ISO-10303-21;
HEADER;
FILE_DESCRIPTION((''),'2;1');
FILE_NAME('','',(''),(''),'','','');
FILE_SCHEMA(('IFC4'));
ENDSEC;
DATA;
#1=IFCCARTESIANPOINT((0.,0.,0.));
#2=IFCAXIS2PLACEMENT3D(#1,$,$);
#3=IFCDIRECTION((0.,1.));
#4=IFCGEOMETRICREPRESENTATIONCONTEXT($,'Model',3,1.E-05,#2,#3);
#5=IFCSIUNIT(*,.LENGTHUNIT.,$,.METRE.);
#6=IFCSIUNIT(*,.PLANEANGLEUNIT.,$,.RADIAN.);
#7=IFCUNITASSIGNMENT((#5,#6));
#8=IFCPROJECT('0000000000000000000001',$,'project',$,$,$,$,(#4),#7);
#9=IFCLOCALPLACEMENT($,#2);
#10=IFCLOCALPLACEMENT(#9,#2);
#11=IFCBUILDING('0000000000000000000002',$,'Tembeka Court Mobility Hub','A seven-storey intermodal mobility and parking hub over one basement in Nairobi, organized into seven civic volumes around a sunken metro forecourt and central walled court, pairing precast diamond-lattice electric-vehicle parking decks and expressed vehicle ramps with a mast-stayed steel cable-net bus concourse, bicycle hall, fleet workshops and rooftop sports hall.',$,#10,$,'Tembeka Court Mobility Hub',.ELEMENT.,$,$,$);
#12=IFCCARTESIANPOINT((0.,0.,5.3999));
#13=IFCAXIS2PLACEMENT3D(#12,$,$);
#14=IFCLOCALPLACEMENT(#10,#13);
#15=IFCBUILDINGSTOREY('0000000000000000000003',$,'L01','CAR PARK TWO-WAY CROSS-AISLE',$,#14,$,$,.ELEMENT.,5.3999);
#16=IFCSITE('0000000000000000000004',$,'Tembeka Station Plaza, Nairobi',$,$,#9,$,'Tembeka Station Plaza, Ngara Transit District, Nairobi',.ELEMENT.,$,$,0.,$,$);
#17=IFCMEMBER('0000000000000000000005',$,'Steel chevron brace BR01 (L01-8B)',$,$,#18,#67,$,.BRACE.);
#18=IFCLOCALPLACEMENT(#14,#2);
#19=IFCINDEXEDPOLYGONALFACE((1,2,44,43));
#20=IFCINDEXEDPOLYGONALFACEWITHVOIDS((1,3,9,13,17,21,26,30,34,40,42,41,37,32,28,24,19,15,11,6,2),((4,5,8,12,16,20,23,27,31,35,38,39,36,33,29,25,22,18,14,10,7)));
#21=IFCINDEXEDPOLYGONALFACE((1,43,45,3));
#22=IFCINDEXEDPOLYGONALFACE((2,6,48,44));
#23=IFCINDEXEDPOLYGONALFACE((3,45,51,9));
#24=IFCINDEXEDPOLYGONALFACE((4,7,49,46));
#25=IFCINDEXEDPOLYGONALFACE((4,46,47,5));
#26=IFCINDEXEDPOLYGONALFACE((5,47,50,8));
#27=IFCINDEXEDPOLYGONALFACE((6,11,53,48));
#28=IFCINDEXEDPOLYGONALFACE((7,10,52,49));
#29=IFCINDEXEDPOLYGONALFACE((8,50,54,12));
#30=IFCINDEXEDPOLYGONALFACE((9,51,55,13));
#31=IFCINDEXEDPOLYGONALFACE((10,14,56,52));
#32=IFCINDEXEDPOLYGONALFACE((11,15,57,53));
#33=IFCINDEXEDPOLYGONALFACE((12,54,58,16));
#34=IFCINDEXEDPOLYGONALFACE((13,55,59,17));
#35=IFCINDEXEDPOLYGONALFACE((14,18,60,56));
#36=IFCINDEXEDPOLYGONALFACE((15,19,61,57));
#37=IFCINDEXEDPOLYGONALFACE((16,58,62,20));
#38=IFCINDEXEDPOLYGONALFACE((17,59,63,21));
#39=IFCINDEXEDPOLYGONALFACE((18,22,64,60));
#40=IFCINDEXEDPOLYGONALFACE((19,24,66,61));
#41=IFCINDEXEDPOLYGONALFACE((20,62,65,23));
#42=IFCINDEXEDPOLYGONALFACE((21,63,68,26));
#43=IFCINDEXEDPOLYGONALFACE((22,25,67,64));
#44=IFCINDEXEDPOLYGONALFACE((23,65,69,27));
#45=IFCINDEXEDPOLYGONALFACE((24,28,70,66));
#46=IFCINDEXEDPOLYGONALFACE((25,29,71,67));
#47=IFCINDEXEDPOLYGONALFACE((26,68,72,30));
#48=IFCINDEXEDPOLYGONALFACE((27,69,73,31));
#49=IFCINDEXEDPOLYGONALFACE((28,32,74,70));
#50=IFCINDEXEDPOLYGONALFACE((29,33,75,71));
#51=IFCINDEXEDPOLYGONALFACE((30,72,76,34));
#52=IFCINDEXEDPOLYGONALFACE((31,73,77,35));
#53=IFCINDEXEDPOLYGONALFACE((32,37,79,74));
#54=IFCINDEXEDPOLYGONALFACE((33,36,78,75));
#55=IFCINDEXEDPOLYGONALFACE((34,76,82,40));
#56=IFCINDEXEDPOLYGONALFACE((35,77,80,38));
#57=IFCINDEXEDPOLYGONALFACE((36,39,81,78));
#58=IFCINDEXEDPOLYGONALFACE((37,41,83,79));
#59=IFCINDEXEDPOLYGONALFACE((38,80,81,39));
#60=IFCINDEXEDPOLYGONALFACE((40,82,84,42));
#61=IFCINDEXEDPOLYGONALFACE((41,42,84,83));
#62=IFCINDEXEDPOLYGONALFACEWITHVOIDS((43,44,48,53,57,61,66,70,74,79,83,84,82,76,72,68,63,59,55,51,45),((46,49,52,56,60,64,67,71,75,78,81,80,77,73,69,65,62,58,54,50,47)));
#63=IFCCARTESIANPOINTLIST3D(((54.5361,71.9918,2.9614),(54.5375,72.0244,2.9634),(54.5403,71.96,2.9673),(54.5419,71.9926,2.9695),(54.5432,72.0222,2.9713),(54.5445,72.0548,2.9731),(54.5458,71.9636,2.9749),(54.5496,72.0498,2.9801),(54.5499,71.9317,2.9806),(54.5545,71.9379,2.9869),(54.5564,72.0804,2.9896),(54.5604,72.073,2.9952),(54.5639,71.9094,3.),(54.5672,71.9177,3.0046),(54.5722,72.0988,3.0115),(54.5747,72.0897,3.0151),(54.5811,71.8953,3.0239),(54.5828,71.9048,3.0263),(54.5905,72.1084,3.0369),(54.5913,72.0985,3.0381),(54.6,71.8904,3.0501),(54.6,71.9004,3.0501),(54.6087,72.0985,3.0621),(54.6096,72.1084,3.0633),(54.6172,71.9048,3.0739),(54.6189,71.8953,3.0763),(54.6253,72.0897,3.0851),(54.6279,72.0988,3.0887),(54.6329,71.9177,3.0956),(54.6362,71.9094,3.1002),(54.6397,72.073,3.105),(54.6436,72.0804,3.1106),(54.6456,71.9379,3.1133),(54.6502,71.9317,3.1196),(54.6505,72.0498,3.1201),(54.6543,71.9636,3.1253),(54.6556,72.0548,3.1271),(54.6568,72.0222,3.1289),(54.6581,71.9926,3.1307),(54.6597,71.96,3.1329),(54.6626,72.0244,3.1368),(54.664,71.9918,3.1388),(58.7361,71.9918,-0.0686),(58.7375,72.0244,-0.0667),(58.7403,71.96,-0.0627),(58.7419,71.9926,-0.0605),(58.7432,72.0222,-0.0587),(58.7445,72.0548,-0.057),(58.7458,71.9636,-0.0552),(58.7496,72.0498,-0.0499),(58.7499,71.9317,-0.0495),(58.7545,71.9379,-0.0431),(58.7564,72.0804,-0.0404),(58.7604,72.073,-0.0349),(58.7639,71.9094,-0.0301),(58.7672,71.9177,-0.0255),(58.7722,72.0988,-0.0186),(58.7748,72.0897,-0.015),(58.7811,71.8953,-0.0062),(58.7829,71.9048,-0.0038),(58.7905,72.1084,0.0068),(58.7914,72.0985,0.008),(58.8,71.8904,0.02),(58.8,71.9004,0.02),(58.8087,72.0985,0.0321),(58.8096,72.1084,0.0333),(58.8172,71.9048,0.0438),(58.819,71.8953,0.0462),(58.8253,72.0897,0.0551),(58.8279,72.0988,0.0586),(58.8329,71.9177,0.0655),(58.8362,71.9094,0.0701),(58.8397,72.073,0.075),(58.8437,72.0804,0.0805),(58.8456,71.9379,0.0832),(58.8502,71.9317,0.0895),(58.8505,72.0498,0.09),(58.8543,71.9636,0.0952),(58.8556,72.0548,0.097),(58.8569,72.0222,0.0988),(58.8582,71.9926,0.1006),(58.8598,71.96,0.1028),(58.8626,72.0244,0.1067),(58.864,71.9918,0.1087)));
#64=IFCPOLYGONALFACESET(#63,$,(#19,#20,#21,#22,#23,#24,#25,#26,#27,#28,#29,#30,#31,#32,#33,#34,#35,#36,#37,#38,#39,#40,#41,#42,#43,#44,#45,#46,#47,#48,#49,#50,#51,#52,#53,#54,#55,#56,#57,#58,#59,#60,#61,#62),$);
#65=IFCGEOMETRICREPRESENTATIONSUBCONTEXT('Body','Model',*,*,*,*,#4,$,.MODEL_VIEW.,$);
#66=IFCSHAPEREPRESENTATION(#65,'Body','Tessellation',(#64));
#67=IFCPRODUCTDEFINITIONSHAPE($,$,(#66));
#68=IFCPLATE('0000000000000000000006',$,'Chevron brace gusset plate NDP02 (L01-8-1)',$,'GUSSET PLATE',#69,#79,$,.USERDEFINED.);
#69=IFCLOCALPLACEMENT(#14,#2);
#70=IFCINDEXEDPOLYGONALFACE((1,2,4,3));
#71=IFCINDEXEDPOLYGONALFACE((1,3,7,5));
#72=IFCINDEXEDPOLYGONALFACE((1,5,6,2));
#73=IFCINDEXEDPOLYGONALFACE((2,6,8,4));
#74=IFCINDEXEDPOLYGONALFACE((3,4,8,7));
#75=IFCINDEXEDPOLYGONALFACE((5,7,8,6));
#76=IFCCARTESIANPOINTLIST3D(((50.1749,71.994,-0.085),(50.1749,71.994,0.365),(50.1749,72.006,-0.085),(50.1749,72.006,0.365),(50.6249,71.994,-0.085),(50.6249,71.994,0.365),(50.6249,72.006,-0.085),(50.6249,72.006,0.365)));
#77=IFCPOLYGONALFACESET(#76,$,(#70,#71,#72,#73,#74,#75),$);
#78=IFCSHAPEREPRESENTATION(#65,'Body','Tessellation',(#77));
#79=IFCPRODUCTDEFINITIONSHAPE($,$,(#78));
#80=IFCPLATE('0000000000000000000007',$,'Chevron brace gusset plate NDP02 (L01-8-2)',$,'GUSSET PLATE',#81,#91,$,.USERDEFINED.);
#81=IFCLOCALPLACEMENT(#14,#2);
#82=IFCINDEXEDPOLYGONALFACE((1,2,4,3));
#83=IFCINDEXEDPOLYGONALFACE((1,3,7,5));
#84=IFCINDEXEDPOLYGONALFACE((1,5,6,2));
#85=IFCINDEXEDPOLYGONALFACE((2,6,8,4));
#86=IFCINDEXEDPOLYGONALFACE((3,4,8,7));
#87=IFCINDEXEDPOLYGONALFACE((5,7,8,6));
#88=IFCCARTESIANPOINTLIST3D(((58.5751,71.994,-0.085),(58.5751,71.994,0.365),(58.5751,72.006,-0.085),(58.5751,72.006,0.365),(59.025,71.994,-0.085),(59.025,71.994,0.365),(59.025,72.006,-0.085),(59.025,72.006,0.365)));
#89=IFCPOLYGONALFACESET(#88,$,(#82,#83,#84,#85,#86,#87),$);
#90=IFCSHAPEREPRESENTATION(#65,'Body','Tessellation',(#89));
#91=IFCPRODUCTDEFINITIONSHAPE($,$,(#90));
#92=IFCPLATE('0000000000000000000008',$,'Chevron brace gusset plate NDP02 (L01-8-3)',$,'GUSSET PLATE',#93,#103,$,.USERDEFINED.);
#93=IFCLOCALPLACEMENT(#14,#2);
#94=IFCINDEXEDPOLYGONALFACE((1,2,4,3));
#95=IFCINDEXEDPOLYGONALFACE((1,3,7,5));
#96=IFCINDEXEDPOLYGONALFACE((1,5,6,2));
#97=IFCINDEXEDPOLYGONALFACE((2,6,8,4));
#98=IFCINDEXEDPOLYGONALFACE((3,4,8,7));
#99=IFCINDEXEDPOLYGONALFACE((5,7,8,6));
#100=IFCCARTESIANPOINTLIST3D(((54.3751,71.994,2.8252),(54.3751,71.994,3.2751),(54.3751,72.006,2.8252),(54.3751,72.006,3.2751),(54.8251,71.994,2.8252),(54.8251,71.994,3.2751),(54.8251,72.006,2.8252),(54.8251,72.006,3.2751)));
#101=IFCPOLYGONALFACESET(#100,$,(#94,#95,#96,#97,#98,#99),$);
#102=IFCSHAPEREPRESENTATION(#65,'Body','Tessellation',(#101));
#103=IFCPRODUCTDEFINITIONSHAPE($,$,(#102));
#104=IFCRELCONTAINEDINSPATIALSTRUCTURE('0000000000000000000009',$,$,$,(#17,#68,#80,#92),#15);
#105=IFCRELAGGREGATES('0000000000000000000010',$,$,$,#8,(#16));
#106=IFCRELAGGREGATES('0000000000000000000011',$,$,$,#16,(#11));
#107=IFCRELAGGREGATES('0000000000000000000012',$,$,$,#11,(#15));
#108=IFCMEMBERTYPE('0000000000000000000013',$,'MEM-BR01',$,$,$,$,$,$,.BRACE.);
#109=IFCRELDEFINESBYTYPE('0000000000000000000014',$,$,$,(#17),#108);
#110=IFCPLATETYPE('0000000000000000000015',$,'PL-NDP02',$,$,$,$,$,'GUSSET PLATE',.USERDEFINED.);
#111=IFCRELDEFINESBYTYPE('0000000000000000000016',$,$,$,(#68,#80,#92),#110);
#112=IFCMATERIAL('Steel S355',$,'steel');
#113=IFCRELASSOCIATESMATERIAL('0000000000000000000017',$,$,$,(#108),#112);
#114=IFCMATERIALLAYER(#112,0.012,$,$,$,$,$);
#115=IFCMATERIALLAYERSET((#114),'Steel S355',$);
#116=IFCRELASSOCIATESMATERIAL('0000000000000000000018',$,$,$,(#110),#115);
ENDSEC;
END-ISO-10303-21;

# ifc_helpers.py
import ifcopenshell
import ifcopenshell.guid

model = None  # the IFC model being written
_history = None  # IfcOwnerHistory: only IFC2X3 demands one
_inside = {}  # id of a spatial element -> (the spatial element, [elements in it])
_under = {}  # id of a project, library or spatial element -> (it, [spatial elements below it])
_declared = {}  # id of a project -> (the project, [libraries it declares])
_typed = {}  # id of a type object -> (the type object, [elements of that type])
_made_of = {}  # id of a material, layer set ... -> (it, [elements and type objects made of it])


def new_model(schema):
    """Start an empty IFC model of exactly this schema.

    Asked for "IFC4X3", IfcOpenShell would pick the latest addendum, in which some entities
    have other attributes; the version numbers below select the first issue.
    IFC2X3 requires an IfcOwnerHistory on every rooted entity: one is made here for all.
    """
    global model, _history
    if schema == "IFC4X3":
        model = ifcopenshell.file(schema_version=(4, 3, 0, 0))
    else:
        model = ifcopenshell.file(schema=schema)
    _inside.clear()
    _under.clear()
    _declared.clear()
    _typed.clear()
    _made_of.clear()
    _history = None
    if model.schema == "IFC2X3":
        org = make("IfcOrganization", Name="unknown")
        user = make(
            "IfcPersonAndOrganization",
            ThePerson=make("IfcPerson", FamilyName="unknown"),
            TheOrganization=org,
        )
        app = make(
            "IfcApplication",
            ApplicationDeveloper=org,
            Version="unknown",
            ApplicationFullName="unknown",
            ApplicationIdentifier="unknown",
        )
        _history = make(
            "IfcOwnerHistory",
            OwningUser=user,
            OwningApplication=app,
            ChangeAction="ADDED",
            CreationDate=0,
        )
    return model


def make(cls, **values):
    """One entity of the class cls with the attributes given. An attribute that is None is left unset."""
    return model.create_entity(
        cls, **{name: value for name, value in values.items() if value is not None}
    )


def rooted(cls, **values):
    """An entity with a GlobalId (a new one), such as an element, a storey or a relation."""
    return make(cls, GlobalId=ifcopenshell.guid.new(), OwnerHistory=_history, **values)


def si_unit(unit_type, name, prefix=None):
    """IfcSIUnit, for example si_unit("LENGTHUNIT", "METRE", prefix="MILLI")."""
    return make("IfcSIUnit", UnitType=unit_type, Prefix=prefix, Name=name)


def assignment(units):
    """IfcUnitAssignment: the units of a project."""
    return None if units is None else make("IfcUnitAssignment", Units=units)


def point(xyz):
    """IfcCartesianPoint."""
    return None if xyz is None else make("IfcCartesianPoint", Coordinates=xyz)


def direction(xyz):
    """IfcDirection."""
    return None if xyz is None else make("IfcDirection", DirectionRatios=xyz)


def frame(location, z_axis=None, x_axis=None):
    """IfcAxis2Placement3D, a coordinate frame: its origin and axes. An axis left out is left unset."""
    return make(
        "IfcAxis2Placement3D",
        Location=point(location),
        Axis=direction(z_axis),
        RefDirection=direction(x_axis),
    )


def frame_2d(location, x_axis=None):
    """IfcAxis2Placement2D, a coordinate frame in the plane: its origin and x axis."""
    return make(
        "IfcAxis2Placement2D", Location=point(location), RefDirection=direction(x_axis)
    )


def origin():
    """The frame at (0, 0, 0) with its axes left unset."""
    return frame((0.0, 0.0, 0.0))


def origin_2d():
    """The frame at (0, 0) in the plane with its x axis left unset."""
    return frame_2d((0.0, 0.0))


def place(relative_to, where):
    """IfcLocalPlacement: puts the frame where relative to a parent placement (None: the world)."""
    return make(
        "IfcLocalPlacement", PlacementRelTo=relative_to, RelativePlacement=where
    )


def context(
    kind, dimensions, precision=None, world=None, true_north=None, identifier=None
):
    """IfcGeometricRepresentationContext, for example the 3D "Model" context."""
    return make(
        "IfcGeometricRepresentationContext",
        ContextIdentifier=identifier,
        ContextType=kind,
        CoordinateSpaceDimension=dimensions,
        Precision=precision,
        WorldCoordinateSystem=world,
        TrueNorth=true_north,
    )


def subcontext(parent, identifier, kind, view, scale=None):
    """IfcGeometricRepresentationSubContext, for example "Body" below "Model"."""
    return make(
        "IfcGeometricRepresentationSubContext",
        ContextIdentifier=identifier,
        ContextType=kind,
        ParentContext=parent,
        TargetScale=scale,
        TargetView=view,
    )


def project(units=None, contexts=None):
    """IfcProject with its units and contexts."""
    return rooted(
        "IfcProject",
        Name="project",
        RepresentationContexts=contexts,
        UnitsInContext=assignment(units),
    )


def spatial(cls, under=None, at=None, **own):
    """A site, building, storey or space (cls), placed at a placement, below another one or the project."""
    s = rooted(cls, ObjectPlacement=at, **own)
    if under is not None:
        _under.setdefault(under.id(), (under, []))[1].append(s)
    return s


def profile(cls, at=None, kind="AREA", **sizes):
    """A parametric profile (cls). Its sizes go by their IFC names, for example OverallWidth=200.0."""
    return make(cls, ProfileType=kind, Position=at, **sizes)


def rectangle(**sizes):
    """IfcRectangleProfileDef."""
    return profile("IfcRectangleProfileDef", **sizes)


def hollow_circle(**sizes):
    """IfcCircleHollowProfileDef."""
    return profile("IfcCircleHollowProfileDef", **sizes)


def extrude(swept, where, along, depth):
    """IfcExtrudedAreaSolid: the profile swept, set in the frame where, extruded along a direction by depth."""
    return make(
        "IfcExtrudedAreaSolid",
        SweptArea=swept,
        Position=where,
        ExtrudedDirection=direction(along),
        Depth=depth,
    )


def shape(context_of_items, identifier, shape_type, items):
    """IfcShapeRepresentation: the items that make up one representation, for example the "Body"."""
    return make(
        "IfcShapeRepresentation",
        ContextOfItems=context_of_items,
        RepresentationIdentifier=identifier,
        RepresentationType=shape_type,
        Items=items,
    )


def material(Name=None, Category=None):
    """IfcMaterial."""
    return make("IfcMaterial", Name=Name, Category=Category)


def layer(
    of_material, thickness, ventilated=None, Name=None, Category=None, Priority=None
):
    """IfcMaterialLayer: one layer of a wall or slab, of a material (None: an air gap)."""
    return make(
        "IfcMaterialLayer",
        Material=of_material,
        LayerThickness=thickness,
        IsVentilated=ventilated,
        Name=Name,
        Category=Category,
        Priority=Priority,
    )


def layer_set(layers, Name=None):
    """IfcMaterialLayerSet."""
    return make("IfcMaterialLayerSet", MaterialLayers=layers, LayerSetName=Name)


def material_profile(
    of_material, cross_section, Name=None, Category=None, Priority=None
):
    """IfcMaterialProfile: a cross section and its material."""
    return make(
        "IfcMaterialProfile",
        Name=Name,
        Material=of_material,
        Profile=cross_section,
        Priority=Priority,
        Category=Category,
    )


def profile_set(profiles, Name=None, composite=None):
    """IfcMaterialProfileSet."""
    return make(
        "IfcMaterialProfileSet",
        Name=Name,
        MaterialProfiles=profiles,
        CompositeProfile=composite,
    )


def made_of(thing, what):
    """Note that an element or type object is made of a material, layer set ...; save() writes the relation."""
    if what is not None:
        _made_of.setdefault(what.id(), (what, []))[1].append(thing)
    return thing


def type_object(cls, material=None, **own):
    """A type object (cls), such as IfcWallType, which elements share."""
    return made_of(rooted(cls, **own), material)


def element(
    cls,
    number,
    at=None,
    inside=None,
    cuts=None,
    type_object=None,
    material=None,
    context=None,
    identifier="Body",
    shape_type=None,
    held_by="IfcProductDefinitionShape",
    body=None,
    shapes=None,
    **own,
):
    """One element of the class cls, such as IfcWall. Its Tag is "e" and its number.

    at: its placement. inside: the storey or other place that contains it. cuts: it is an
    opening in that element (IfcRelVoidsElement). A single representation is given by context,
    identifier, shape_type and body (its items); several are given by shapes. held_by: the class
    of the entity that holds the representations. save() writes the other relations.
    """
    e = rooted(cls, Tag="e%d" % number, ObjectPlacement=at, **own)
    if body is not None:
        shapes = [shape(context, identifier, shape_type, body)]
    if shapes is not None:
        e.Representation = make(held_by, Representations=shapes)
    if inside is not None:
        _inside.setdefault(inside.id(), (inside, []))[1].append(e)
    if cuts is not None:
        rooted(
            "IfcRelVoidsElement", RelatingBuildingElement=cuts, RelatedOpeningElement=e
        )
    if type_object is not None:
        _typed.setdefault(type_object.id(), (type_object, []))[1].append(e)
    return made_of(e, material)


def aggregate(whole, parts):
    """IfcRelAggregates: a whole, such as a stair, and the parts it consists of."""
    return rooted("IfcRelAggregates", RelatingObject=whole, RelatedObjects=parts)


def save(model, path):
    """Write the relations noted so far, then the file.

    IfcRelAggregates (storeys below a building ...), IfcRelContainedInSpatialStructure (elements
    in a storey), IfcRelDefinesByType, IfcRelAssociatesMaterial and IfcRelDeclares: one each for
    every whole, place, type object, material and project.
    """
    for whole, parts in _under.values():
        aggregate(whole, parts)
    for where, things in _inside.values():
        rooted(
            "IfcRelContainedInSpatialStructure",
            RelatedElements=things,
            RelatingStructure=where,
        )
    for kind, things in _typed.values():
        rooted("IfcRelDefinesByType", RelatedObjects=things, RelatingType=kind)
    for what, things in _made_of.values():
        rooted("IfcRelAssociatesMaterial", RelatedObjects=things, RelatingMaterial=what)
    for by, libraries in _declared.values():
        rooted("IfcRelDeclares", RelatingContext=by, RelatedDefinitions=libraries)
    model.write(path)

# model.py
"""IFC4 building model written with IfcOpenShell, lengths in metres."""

from ifc_helpers import new_model, si_unit, direction, frame, origin, origin_2d, place, context, subcontext, project, spatial, rectangle, hollow_circle, extrude, material, layer, layer_set, material_profile, profile_set, type_object, element, save


model = new_model("IFC4")

# Units and contexts
model_context = context("Model", 3, precision=1e-05, world=origin(), true_north=direction((0.0, 1.0)))
body_context = subcontext(model_context, "Body", "Model", "MODEL_VIEW")
ifc_project = project(units=[si_unit("LENGTHUNIT", "METRE"), si_unit("PLANEANGLEUNIT", "RADIAN")], contexts=[model_context])

# Site, building, storey
site_placement = place(None, origin())
site = spatial("IfcSite", under=ifc_project, at=site_placement, Name="Tembeka Station Plaza, Nairobi", LongName="Tembeka Station Plaza, Ngara Transit District, Nairobi", CompositionType="ELEMENT", RefElevation=0.0)
building_placement = place(site_placement, origin())
building = spatial("IfcBuilding", under=site, at=building_placement, Name="Tembeka Court Mobility Hub", Description="A seven-storey intermodal mobility and parking hub over one basement in Nairobi, organized into seven civic volumes around a sunken metro forecourt and central walled court, pairing precast diamond-lattice electric-vehicle parking decks and expressed vehicle ramps with a mast-stayed steel cable-net bus concourse, bicycle hall, fleet workshops and rooftop sports hall.", LongName="Tembeka Court Mobility Hub", CompositionType="ELEMENT")
storey_placement = place(building_placement, frame((0.0, 0.0, 5.3999)))
storey = spatial("IfcBuildingStorey", under=building, at=storey_placement, Name="L01", Description="CAR PARK TWO-WAY CROSS-AISLE", CompositionType="ELEMENT", Elevation=5.3999)

# Shared definitions
ifc_material_1 = material(Name="Steel S355", Category="steel")

# Member
ifc_material_profile_1 = material_profile(ifc_material_1, hollow_circle(Radius=0.1096, WallThickness=0.01, at=origin_2d()), Name="CHS 219.1x10")
ifc_profile_set_1 = profile_set([ifc_material_profile_1], Name="Steel S355")
member_type = type_object("IfcMemberType", Name="MEM-BR01", PredefinedType="BRACE", material=ifc_profile_set_1)
for number, where, z_axis, x_axis, name in (
    (1, (58.8, 72.0, 0.02), (-0.810979, 0.0, 0.585076), (0.0, -1.0, 0.0), "Steel chevron brace BR01 (L01-8B)"),
):
    element("IfcMember", number, at=place(storey_placement, frame(where, z_axis=z_axis, x_axis=x_axis)), inside=storey, type_object=member_type, Name=name, PredefinedType="BRACE", context=body_context, shape_type="SweptSolid", body=[
        extrude(hollow_circle(Radius=0.1096, WallThickness=0.01, at=origin_2d()), origin(), (0.0, 0.0, 1.0), 5.179),
    ])

# Plates
ifc_layer = layer(ifc_material_1, 0.012)
ifc_layer_set = layer_set([ifc_layer], Name="Steel S355")
plate_type = type_object("IfcPlateType", Name="PL-NDP02", ElementType="GUSSET PLATE", PredefinedType="USERDEFINED", material=ifc_layer_set)
for number, where, z_axis, x_axis, name in (
    (2, (50.3999, 72.0, -0.085), (0.0, 0.0, 1.0), (1.0, 0.0, 0.0), "Chevron brace gusset plate NDP02 (L01-8-1)"),
    (3, (58.8, 72.0, -0.085), (0.0, 0.0, 1.0), (1.0, 0.0, 0.0), "Chevron brace gusset plate NDP02 (L01-8-2)"),
    (4, (54.6001, 72.0, 2.8252), (0.0, 0.0, 1.0), (1.0, 0.0, 0.0), "Chevron brace gusset plate NDP02 (L01-8-3)"),
):
    element("IfcPlate", number, at=place(storey_placement, frame(where, z_axis=z_axis, x_axis=x_axis)), inside=storey, type_object=plate_type, Name=name, ObjectType="GUSSET PLATE", PredefinedType="USERDEFINED", context=body_context, shape_type="SweptSolid", body=[
        extrude(rectangle(XDim=0.45, YDim=0.012, at=origin_2d()), origin(), (0.0, 0.0, 1.0), 0.45),
    ])

save(model, "model.ifc")
